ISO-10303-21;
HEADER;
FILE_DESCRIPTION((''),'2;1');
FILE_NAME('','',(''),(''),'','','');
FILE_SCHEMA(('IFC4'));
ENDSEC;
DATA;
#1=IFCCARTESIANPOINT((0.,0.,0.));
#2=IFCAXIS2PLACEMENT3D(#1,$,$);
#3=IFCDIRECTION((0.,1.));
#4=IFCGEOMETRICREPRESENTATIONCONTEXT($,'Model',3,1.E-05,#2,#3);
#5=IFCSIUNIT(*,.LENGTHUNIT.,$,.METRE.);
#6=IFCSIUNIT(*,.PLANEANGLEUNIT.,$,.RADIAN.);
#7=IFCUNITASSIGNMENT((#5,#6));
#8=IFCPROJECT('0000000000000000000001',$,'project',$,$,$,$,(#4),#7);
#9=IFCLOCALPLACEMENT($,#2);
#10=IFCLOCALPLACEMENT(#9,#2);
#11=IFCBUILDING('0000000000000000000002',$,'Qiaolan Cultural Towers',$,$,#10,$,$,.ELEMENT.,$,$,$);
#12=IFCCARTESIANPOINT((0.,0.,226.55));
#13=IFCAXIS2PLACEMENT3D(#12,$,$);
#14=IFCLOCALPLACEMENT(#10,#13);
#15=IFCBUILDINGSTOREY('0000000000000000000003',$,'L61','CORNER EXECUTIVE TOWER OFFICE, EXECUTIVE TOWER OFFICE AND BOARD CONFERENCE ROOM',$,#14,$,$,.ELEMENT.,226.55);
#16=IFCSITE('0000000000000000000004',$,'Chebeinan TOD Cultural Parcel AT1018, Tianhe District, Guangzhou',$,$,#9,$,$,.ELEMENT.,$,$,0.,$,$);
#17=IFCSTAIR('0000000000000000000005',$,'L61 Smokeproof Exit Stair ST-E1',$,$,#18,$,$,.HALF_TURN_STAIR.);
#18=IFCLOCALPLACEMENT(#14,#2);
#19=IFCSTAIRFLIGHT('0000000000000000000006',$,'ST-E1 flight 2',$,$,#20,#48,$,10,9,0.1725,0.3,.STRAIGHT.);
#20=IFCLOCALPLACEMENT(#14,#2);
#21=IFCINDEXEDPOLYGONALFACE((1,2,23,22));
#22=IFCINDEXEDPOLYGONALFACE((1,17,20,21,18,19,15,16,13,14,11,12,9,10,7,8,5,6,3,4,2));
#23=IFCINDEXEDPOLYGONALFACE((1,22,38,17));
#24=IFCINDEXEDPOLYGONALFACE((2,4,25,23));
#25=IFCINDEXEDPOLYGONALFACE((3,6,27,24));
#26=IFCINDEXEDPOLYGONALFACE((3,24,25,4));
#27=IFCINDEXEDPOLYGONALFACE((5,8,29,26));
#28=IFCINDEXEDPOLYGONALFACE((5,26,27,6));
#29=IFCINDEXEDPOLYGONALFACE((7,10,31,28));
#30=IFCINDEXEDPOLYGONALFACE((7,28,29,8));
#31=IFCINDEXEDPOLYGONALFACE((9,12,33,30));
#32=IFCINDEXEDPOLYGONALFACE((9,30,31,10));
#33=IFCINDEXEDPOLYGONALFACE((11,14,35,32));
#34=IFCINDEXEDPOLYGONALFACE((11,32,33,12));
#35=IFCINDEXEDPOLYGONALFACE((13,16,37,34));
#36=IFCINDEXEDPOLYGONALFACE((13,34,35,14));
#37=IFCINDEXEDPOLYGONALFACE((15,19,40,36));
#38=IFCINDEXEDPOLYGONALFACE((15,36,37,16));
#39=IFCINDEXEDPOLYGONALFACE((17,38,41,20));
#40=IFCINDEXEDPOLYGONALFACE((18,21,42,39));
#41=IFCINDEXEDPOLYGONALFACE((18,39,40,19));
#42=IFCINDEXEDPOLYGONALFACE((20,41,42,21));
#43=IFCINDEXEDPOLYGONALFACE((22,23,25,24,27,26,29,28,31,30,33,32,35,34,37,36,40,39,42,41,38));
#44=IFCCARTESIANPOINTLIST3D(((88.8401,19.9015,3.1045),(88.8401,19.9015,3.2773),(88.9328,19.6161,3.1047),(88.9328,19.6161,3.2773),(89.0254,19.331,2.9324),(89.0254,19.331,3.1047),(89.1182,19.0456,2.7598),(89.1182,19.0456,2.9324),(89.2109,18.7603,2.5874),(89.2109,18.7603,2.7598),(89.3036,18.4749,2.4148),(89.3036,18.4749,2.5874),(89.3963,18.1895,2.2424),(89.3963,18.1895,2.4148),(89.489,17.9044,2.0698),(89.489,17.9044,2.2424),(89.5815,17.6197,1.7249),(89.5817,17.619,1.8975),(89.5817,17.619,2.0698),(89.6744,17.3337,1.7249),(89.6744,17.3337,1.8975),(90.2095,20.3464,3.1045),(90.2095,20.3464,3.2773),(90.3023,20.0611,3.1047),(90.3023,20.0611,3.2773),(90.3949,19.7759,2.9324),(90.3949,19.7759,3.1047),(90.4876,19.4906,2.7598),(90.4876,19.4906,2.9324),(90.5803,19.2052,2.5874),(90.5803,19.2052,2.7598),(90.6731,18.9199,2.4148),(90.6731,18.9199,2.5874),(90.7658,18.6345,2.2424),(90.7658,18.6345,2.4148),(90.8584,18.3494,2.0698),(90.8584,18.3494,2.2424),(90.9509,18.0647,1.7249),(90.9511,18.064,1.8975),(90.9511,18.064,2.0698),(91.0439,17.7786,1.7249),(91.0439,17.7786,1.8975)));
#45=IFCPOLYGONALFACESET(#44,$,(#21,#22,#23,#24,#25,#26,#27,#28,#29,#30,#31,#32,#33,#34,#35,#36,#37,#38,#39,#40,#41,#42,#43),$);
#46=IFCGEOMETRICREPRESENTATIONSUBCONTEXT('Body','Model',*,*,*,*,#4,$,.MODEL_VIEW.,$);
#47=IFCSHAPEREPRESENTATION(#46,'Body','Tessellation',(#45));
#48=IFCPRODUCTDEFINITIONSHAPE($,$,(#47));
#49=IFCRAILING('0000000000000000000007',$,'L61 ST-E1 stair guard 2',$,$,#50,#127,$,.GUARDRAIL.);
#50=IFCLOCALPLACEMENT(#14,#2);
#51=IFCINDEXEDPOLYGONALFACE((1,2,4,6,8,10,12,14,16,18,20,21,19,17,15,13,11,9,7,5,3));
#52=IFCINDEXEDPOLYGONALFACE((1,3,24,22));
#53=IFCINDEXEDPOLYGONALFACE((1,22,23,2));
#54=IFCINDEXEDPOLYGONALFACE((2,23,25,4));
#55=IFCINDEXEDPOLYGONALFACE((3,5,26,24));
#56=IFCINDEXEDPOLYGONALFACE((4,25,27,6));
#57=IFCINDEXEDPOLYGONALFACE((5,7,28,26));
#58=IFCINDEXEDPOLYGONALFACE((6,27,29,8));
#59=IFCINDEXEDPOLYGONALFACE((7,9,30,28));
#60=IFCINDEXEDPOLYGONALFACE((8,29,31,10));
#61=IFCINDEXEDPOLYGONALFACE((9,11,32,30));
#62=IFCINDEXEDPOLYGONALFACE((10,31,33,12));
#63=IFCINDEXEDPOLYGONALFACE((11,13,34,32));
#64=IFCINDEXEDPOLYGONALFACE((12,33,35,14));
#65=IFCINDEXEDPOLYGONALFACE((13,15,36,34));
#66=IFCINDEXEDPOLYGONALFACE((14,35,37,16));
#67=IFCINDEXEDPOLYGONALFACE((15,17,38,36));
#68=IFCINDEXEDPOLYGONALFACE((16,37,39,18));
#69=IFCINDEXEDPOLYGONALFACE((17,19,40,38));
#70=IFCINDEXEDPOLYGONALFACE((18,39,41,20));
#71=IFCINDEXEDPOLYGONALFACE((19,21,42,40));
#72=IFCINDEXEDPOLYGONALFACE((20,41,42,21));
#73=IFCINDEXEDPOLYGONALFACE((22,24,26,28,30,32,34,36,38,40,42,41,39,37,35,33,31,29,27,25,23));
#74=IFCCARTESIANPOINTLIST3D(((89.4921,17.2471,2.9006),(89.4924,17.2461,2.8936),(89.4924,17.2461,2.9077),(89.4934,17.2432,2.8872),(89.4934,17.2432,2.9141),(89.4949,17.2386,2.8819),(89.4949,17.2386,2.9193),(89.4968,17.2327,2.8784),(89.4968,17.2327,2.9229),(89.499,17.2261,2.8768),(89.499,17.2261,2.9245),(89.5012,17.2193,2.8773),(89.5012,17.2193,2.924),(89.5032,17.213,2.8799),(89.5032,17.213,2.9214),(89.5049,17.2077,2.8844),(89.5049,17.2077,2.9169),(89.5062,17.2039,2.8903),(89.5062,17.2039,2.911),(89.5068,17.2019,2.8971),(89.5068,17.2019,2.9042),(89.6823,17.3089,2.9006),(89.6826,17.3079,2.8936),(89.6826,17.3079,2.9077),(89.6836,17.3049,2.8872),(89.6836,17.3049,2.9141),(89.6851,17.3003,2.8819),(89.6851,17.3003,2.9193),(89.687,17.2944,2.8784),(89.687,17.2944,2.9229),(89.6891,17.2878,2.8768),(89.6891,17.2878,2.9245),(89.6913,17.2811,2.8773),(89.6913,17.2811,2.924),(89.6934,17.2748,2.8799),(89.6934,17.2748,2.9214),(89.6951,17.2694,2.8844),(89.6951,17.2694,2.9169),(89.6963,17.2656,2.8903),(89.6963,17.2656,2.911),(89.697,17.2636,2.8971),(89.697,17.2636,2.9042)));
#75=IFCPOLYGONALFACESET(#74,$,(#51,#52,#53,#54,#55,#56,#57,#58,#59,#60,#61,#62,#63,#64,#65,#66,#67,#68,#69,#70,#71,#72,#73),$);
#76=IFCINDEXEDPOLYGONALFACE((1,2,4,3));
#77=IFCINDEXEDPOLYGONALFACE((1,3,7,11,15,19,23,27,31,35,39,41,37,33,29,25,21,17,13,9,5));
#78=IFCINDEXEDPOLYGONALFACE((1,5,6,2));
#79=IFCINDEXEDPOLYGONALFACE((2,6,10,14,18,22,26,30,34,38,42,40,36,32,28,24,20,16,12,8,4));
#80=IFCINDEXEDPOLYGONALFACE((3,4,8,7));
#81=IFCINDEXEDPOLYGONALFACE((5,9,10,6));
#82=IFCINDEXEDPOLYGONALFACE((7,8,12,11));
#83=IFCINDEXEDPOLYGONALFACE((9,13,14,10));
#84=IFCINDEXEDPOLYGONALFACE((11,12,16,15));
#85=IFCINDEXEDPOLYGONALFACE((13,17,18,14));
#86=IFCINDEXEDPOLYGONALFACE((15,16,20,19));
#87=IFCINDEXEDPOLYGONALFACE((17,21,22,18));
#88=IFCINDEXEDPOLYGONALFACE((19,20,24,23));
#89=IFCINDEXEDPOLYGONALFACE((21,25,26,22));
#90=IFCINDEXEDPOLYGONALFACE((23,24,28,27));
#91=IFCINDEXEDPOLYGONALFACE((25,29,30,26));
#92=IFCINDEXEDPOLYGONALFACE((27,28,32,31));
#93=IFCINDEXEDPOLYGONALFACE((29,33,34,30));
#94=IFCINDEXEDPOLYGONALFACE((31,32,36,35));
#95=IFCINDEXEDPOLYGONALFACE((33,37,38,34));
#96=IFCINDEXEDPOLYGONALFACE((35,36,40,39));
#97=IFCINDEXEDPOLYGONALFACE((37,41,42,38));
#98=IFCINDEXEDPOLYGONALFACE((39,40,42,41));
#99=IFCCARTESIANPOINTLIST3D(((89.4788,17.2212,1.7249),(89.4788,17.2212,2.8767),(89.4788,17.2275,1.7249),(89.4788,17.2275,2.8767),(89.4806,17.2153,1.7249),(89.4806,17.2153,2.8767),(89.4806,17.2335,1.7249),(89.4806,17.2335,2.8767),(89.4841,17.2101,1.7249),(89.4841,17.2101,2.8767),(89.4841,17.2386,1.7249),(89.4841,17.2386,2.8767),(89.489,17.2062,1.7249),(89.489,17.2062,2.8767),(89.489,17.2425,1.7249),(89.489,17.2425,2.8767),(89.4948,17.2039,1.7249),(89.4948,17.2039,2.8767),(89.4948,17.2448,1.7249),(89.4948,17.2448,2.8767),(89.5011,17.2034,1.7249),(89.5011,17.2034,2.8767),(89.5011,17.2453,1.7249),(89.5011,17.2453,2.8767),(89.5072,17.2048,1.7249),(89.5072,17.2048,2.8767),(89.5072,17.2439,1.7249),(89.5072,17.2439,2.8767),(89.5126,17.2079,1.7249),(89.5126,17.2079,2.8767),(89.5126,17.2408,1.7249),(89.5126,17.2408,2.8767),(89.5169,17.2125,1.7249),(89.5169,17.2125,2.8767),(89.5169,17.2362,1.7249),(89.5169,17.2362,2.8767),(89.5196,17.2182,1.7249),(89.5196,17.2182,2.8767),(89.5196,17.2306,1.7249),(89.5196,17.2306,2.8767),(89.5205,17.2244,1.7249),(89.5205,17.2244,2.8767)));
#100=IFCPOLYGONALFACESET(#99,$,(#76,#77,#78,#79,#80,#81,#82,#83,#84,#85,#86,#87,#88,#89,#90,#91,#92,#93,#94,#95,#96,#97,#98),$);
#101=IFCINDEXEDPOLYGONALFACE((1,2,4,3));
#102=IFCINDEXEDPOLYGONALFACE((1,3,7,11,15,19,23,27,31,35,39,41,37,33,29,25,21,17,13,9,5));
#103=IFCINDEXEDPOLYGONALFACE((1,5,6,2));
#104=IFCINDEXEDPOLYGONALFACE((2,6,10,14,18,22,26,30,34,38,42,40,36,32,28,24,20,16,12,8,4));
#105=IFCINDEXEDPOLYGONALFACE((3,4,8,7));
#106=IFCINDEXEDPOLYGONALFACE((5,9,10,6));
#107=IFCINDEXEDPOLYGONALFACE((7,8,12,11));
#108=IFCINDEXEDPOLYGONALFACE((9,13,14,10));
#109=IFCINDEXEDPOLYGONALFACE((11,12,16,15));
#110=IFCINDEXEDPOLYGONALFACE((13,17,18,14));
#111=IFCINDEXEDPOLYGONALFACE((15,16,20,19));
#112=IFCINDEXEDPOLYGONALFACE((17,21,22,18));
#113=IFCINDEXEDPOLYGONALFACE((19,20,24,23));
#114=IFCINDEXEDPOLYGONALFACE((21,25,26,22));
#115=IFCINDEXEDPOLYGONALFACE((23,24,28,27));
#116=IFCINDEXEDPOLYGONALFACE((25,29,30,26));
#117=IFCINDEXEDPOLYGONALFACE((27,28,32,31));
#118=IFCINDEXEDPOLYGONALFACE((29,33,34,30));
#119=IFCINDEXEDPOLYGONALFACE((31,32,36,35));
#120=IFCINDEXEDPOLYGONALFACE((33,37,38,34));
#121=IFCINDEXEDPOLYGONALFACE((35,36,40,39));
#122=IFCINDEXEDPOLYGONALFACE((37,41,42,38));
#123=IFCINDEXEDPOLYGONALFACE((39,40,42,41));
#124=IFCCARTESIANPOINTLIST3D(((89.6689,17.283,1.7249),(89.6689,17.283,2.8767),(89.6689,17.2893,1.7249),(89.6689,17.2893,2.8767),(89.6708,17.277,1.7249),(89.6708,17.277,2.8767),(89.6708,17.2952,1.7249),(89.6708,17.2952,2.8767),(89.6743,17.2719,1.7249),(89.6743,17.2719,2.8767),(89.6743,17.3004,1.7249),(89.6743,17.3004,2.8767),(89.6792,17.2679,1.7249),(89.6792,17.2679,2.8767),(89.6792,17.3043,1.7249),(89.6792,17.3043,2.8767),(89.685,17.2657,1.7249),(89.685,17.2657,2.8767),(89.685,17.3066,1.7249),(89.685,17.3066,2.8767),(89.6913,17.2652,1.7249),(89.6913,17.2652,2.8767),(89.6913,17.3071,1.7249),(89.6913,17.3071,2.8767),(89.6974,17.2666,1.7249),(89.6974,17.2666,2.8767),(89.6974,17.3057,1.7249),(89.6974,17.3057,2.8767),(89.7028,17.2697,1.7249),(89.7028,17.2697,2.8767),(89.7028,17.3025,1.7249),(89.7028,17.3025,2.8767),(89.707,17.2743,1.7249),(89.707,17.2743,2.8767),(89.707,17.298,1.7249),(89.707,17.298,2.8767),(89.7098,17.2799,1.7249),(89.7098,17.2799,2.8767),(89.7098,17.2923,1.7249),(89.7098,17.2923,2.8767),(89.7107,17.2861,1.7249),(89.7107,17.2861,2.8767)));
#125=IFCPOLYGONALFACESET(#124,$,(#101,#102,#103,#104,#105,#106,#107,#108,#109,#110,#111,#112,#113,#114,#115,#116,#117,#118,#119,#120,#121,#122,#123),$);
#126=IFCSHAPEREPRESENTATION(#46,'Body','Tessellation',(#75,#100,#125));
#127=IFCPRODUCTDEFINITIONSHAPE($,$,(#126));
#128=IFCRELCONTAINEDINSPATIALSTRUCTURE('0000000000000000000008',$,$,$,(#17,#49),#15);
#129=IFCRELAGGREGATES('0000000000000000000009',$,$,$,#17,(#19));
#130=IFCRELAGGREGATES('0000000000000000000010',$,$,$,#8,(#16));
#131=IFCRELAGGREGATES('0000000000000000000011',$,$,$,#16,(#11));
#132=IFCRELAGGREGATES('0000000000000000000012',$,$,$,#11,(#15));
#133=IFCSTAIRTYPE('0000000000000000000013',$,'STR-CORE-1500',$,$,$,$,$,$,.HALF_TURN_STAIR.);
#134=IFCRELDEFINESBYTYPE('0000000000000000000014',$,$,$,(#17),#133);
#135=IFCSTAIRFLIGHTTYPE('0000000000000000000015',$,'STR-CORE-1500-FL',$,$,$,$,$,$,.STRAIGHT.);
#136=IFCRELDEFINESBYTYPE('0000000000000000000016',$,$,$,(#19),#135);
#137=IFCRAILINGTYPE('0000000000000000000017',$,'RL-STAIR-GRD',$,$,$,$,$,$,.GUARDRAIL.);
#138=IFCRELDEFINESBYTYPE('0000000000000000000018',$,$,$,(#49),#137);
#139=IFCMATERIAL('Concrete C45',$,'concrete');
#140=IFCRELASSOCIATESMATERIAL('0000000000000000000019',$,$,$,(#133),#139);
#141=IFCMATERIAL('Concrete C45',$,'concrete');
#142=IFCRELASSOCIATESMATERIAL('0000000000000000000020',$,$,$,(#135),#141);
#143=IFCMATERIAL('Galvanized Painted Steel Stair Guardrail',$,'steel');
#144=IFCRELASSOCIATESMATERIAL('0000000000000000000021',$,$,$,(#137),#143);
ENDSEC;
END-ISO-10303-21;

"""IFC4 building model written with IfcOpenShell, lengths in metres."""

from ifc_helpers import new_model, si_unit, direction, frame, origin, origin_2d, place, context, subcontext, project, spatial, polyline, circle, outline, extrude, material, type_object, element, aggregate, save


model = new_model("IFC4")

# Units and contexts
model_context = context("Model", 3, precision=1e-05, world=origin(), true_north=direction((0.0, 1.0)))
body_context = subcontext(model_context, "Body", "Model", "MODEL_VIEW")
ifc_project = project(units=[si_unit("LENGTHUNIT", "METRE"), si_unit("PLANEANGLEUNIT", "RADIAN")], contexts=[model_context])

# Site, building, storey
site_placement = place(None, origin())
site = spatial("IfcSite", under=ifc_project, at=site_placement, Name="Chebeinan TOD Cultural Parcel AT1018, Tianhe District, Guangzhou", CompositionType="ELEMENT", RefElevation=0.0)
building_placement = place(site_placement, origin())
building = spatial("IfcBuilding", under=site, at=building_placement, Name="Qiaolan Cultural Towers", CompositionType="ELEMENT")
storey_placement = place(building_placement, frame((0.0, 0.0, 226.55)))
storey = spatial("IfcBuildingStorey", under=building, at=storey_placement, Name="L61", Description="CORNER EXECUTIVE TOWER OFFICE, EXECUTIVE TOWER OFFICE AND BOARD CONFERENCE ROOM", CompositionType="ELEMENT", Elevation=226.55)

# Stair, stair flight
ifc_material_1 = material(Name="Concrete C45", Category="concrete")
stair_type = type_object("IfcStairType", Name="STR-CORE-1500", PredefinedType="HALF_TURN_STAIR", material=ifc_material_1)
stair_placement = place(storey_placement, origin())
stair = element("IfcStair", 1, at=stair_placement, inside=storey, type_object=stair_type, Name="L61 Smokeproof Exit Stair ST-E1", PredefinedType="HALF_TURN_STAIR")
ifc_material_2 = material(Name="Concrete C45", Category="concrete")
stair_flight_type = type_object("IfcStairFlightType", Name="STR-CORE-1500-FL", PredefinedType="STRAIGHT", material=ifc_material_2)
stair_flight_placement = place(storey_placement, frame((90.3591, 17.5562, 1.7249), z_axis=(0.0, 0.0, 1.0), x_axis=(-0.309017, 0.951057, 0.0)))
stair_flight = element("IfcStairFlight", 2, at=stair_flight_placement, type_object=stair_flight_type, Name="ST-E1 flight 2", NumberOfRisers=10, NumberOfTreads=9, PredefinedType="STRAIGHT", RiserHeight=0.1725, TreadLength=0.3, context=body_context, shape_type="SweptSolid", body=[
    extrude(outline(polyline([(0.0, 0.0), (0.0, 0.1726), (0.3, 0.1726), (0.3, 0.345), (0.6001, 0.345), (0.6001, 0.5176), (0.8999, 0.5176), (0.8999, 0.6899), (1.2, 0.6899), (1.2, 0.8625), (1.5, 0.8625), (1.5, 1.0349), (1.8, 1.0349), (1.8, 1.2075), (2.1001, 1.2075), (2.1001, 1.3799), (2.3999, 1.3799), (2.3999, 1.5525), (2.7, 1.5525), (2.7, 1.7251), (2.7, 1.3796), (0.3008, 0.0), (0.0, 0.0)])), frame((0.0, 0.72, 0.0), z_axis=(0.0, -1.0, 0.0), x_axis=(1.0, 0.0, 0.0)), (0.0, 0.0, 1.0), 1.4399),
])
aggregate(stair, [stair_flight])

# Railing
ifc_material_3 = material(Name="Galvanized Painted Steel Stair Guardrail", Category="steel")
railing_type_1 = type_object("IfcRailingType", Name="RL-STAIR-GRD", PredefinedType="GUARDRAIL", material=ifc_material_3)
railing_1_placement = place(storey_placement, frame((89.4995, 17.2244, 1.7249)))
element("IfcRailing", 3, at=railing_1_placement, inside=storey, type_object=railing_type_1, Name="L61 ST-E1 stair guard 2", PredefinedType="GUARDRAIL", context=body_context, shape_type="SweptSolid", body=[
    extrude(circle(Radius=0.0239, at=origin_2d()), frame((0.0, 0.0, 1.1758), z_axis=(0.951097, 0.308893, 0.0), x_axis=(-0.308893, 0.951097, 0.0)), (0.0, 0.0, 1.0), 0.2),
    extrude(circle(Radius=0.021, at=origin_2d()), origin(), (0.0, 0.0, 1.0), 1.1519),
    extrude(circle(Radius=0.021, at=origin_2d()), frame((0.1902, 0.0618, 0.0)), (0.0, 0.0, 1.0), 1.1519),
])

save(model, "model.ifc")
